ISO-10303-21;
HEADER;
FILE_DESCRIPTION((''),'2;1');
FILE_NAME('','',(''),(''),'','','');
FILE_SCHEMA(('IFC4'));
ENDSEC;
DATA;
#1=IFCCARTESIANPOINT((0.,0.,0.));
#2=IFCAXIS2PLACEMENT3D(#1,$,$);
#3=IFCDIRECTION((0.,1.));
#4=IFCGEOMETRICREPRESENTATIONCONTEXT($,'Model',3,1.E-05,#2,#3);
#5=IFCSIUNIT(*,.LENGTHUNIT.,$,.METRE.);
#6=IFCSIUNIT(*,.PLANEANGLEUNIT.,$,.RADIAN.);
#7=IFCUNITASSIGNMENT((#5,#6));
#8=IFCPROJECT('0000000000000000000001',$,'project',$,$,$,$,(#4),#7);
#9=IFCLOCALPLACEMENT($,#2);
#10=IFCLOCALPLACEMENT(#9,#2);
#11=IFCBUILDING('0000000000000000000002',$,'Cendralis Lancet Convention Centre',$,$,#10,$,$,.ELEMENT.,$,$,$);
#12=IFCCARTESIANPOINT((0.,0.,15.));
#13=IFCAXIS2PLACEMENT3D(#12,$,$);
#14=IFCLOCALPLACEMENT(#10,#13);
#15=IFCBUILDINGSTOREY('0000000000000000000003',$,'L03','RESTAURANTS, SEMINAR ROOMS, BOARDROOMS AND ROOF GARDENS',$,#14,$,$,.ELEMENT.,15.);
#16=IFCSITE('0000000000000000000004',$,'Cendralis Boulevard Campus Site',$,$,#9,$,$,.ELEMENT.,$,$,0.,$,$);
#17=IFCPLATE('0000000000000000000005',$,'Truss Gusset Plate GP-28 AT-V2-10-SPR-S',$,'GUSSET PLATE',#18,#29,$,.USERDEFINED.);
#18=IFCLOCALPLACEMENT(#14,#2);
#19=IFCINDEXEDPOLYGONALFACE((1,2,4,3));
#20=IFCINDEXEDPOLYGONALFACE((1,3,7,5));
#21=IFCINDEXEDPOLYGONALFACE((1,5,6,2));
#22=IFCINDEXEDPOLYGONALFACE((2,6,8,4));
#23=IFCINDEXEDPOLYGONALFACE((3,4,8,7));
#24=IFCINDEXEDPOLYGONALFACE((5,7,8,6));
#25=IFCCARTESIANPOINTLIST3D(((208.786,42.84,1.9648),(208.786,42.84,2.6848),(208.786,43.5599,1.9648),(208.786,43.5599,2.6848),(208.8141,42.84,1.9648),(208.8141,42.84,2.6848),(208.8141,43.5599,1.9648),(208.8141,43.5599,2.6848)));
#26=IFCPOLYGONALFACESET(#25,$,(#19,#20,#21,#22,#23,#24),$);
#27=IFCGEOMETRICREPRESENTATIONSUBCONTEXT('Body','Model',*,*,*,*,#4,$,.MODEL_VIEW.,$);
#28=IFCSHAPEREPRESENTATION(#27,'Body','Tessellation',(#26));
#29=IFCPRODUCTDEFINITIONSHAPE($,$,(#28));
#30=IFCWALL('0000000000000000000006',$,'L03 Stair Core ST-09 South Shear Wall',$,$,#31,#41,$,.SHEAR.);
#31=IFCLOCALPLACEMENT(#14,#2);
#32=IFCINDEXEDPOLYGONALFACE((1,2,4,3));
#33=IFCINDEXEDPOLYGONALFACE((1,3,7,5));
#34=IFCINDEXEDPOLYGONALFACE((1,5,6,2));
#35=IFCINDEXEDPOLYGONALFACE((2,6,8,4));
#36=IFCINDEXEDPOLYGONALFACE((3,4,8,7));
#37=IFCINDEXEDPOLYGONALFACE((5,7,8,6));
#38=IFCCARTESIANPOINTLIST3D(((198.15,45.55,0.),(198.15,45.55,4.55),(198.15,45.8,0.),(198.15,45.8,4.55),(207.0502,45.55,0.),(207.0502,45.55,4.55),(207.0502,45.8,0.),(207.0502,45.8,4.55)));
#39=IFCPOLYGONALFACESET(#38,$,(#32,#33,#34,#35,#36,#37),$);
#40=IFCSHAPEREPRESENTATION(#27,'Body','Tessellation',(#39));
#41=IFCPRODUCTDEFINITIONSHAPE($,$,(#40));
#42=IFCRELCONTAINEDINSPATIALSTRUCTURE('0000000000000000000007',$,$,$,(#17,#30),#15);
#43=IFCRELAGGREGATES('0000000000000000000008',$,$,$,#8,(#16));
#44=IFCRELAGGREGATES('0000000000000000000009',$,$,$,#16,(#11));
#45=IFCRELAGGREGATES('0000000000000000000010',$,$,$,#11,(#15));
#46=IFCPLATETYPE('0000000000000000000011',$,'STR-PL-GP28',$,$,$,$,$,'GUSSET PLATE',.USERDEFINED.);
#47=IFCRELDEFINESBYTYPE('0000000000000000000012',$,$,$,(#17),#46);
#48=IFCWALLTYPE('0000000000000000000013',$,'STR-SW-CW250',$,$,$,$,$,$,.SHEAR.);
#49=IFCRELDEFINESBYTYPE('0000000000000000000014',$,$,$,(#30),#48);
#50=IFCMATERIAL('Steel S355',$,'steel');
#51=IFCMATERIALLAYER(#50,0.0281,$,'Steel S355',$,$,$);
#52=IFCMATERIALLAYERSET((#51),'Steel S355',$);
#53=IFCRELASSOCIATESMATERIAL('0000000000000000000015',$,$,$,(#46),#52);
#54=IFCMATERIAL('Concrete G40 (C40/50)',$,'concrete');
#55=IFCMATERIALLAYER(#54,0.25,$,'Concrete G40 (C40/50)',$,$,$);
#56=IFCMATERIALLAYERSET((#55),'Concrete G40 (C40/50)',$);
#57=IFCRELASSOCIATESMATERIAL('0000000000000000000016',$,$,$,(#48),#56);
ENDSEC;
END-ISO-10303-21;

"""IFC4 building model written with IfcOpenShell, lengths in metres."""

from ifc_helpers import new_model, si_unit, direction, frame, frame_2d, origin, origin_2d, place, context, subcontext, project, spatial, rectangle, extrude, material, layer, layer_set, type_object, element, save


model = new_model("IFC4")

# Units and contexts
model_context = context("Model", 3, precision=1e-05, world=origin(), true_north=direction((0.0, 1.0)))
body_context = subcontext(model_context, "Body", "Model", "MODEL_VIEW")
ifc_project = project(units=[si_unit("LENGTHUNIT", "METRE"), si_unit("PLANEANGLEUNIT", "RADIAN")], contexts=[model_context])

# Site, building, storey
site_placement = place(None, origin())
site = spatial("IfcSite", under=ifc_project, at=site_placement, Name="Cendralis Boulevard Campus Site", CompositionType="ELEMENT", RefElevation=0.0)
building_placement = place(site_placement, origin())
building = spatial("IfcBuilding", under=site, at=building_placement, Name="Cendralis Lancet Convention Centre", CompositionType="ELEMENT")
storey_placement = place(building_placement, frame((0.0, 0.0, 15.0)))
storey = spatial("IfcBuildingStorey", under=building, at=storey_placement, Name="L03", Description="RESTAURANTS, SEMINAR ROOMS, BOARDROOMS AND ROOF GARDENS", CompositionType="ELEMENT", Elevation=15.0)

# Shared definitions
ifc_material_1 = material(Name="Concrete G40 (C40/50)", Category="concrete")

# Shared definitions
ifc_material_2 = material(Name="Steel S355", Category="steel")

# Plate
ifc_layer_1 = layer(ifc_material_2, 0.0281, Name="Steel S355")
ifc_layer_set_1 = layer_set([ifc_layer_1], Name="Steel S355")
plate_type_1 = type_object("IfcPlateType", Name="STR-PL-GP28", ElementType="GUSSET PLATE", PredefinedType="USERDEFINED", material=ifc_layer_set_1)
plate_1_placement = place(storey_placement, frame((208.8, 43.2, 1.9648), z_axis=(0.0, 0.0, 1.0), x_axis=(0.0, 1.0, 0.0)))
element("IfcPlate", 1, at=plate_1_placement, inside=storey, type_object=plate_type_1, Name="Truss Gusset Plate GP-28 AT-V2-10-SPR-S", ObjectType="GUSSET PLATE", PredefinedType="USERDEFINED", context=body_context, shape_type="SweptSolid", body=[
    extrude(rectangle(XDim=0.72, YDim=0.0281, at=origin_2d()), origin(), (0.0, 0.0, 1.0), 0.72),
])

# Shared definitions
ifc_layer_2 = layer(ifc_material_1, 0.25, Name="Concrete G40 (C40/50)")
ifc_layer_set_2 = layer_set([ifc_layer_2], Name="Concrete G40 (C40/50)")
wall_type = type_object("IfcWallType", Name="STR-SW-CW250", PredefinedType="SHEAR", material=ifc_layer_set_2)

# Wall
wall_1_placement = place(storey_placement, frame((198.1499, 45.675, 0.0), z_axis=(0.0, 0.0, 1.0), x_axis=(1.0, 0.0, 0.0)))
element("IfcWall", 2, at=wall_1_placement, inside=storey, type_object=wall_type, Name="L03 Stair Core ST-09 South Shear Wall", PredefinedType="SHEAR", context=body_context, shape_type="SweptSolid", body=[
    extrude(rectangle(XDim=8.9001, YDim=0.25, at=frame_2d((4.4502, 0.0))), origin(), (0.0, 0.0, 1.0), 4.55),
])

save(model, "model.ifc")
